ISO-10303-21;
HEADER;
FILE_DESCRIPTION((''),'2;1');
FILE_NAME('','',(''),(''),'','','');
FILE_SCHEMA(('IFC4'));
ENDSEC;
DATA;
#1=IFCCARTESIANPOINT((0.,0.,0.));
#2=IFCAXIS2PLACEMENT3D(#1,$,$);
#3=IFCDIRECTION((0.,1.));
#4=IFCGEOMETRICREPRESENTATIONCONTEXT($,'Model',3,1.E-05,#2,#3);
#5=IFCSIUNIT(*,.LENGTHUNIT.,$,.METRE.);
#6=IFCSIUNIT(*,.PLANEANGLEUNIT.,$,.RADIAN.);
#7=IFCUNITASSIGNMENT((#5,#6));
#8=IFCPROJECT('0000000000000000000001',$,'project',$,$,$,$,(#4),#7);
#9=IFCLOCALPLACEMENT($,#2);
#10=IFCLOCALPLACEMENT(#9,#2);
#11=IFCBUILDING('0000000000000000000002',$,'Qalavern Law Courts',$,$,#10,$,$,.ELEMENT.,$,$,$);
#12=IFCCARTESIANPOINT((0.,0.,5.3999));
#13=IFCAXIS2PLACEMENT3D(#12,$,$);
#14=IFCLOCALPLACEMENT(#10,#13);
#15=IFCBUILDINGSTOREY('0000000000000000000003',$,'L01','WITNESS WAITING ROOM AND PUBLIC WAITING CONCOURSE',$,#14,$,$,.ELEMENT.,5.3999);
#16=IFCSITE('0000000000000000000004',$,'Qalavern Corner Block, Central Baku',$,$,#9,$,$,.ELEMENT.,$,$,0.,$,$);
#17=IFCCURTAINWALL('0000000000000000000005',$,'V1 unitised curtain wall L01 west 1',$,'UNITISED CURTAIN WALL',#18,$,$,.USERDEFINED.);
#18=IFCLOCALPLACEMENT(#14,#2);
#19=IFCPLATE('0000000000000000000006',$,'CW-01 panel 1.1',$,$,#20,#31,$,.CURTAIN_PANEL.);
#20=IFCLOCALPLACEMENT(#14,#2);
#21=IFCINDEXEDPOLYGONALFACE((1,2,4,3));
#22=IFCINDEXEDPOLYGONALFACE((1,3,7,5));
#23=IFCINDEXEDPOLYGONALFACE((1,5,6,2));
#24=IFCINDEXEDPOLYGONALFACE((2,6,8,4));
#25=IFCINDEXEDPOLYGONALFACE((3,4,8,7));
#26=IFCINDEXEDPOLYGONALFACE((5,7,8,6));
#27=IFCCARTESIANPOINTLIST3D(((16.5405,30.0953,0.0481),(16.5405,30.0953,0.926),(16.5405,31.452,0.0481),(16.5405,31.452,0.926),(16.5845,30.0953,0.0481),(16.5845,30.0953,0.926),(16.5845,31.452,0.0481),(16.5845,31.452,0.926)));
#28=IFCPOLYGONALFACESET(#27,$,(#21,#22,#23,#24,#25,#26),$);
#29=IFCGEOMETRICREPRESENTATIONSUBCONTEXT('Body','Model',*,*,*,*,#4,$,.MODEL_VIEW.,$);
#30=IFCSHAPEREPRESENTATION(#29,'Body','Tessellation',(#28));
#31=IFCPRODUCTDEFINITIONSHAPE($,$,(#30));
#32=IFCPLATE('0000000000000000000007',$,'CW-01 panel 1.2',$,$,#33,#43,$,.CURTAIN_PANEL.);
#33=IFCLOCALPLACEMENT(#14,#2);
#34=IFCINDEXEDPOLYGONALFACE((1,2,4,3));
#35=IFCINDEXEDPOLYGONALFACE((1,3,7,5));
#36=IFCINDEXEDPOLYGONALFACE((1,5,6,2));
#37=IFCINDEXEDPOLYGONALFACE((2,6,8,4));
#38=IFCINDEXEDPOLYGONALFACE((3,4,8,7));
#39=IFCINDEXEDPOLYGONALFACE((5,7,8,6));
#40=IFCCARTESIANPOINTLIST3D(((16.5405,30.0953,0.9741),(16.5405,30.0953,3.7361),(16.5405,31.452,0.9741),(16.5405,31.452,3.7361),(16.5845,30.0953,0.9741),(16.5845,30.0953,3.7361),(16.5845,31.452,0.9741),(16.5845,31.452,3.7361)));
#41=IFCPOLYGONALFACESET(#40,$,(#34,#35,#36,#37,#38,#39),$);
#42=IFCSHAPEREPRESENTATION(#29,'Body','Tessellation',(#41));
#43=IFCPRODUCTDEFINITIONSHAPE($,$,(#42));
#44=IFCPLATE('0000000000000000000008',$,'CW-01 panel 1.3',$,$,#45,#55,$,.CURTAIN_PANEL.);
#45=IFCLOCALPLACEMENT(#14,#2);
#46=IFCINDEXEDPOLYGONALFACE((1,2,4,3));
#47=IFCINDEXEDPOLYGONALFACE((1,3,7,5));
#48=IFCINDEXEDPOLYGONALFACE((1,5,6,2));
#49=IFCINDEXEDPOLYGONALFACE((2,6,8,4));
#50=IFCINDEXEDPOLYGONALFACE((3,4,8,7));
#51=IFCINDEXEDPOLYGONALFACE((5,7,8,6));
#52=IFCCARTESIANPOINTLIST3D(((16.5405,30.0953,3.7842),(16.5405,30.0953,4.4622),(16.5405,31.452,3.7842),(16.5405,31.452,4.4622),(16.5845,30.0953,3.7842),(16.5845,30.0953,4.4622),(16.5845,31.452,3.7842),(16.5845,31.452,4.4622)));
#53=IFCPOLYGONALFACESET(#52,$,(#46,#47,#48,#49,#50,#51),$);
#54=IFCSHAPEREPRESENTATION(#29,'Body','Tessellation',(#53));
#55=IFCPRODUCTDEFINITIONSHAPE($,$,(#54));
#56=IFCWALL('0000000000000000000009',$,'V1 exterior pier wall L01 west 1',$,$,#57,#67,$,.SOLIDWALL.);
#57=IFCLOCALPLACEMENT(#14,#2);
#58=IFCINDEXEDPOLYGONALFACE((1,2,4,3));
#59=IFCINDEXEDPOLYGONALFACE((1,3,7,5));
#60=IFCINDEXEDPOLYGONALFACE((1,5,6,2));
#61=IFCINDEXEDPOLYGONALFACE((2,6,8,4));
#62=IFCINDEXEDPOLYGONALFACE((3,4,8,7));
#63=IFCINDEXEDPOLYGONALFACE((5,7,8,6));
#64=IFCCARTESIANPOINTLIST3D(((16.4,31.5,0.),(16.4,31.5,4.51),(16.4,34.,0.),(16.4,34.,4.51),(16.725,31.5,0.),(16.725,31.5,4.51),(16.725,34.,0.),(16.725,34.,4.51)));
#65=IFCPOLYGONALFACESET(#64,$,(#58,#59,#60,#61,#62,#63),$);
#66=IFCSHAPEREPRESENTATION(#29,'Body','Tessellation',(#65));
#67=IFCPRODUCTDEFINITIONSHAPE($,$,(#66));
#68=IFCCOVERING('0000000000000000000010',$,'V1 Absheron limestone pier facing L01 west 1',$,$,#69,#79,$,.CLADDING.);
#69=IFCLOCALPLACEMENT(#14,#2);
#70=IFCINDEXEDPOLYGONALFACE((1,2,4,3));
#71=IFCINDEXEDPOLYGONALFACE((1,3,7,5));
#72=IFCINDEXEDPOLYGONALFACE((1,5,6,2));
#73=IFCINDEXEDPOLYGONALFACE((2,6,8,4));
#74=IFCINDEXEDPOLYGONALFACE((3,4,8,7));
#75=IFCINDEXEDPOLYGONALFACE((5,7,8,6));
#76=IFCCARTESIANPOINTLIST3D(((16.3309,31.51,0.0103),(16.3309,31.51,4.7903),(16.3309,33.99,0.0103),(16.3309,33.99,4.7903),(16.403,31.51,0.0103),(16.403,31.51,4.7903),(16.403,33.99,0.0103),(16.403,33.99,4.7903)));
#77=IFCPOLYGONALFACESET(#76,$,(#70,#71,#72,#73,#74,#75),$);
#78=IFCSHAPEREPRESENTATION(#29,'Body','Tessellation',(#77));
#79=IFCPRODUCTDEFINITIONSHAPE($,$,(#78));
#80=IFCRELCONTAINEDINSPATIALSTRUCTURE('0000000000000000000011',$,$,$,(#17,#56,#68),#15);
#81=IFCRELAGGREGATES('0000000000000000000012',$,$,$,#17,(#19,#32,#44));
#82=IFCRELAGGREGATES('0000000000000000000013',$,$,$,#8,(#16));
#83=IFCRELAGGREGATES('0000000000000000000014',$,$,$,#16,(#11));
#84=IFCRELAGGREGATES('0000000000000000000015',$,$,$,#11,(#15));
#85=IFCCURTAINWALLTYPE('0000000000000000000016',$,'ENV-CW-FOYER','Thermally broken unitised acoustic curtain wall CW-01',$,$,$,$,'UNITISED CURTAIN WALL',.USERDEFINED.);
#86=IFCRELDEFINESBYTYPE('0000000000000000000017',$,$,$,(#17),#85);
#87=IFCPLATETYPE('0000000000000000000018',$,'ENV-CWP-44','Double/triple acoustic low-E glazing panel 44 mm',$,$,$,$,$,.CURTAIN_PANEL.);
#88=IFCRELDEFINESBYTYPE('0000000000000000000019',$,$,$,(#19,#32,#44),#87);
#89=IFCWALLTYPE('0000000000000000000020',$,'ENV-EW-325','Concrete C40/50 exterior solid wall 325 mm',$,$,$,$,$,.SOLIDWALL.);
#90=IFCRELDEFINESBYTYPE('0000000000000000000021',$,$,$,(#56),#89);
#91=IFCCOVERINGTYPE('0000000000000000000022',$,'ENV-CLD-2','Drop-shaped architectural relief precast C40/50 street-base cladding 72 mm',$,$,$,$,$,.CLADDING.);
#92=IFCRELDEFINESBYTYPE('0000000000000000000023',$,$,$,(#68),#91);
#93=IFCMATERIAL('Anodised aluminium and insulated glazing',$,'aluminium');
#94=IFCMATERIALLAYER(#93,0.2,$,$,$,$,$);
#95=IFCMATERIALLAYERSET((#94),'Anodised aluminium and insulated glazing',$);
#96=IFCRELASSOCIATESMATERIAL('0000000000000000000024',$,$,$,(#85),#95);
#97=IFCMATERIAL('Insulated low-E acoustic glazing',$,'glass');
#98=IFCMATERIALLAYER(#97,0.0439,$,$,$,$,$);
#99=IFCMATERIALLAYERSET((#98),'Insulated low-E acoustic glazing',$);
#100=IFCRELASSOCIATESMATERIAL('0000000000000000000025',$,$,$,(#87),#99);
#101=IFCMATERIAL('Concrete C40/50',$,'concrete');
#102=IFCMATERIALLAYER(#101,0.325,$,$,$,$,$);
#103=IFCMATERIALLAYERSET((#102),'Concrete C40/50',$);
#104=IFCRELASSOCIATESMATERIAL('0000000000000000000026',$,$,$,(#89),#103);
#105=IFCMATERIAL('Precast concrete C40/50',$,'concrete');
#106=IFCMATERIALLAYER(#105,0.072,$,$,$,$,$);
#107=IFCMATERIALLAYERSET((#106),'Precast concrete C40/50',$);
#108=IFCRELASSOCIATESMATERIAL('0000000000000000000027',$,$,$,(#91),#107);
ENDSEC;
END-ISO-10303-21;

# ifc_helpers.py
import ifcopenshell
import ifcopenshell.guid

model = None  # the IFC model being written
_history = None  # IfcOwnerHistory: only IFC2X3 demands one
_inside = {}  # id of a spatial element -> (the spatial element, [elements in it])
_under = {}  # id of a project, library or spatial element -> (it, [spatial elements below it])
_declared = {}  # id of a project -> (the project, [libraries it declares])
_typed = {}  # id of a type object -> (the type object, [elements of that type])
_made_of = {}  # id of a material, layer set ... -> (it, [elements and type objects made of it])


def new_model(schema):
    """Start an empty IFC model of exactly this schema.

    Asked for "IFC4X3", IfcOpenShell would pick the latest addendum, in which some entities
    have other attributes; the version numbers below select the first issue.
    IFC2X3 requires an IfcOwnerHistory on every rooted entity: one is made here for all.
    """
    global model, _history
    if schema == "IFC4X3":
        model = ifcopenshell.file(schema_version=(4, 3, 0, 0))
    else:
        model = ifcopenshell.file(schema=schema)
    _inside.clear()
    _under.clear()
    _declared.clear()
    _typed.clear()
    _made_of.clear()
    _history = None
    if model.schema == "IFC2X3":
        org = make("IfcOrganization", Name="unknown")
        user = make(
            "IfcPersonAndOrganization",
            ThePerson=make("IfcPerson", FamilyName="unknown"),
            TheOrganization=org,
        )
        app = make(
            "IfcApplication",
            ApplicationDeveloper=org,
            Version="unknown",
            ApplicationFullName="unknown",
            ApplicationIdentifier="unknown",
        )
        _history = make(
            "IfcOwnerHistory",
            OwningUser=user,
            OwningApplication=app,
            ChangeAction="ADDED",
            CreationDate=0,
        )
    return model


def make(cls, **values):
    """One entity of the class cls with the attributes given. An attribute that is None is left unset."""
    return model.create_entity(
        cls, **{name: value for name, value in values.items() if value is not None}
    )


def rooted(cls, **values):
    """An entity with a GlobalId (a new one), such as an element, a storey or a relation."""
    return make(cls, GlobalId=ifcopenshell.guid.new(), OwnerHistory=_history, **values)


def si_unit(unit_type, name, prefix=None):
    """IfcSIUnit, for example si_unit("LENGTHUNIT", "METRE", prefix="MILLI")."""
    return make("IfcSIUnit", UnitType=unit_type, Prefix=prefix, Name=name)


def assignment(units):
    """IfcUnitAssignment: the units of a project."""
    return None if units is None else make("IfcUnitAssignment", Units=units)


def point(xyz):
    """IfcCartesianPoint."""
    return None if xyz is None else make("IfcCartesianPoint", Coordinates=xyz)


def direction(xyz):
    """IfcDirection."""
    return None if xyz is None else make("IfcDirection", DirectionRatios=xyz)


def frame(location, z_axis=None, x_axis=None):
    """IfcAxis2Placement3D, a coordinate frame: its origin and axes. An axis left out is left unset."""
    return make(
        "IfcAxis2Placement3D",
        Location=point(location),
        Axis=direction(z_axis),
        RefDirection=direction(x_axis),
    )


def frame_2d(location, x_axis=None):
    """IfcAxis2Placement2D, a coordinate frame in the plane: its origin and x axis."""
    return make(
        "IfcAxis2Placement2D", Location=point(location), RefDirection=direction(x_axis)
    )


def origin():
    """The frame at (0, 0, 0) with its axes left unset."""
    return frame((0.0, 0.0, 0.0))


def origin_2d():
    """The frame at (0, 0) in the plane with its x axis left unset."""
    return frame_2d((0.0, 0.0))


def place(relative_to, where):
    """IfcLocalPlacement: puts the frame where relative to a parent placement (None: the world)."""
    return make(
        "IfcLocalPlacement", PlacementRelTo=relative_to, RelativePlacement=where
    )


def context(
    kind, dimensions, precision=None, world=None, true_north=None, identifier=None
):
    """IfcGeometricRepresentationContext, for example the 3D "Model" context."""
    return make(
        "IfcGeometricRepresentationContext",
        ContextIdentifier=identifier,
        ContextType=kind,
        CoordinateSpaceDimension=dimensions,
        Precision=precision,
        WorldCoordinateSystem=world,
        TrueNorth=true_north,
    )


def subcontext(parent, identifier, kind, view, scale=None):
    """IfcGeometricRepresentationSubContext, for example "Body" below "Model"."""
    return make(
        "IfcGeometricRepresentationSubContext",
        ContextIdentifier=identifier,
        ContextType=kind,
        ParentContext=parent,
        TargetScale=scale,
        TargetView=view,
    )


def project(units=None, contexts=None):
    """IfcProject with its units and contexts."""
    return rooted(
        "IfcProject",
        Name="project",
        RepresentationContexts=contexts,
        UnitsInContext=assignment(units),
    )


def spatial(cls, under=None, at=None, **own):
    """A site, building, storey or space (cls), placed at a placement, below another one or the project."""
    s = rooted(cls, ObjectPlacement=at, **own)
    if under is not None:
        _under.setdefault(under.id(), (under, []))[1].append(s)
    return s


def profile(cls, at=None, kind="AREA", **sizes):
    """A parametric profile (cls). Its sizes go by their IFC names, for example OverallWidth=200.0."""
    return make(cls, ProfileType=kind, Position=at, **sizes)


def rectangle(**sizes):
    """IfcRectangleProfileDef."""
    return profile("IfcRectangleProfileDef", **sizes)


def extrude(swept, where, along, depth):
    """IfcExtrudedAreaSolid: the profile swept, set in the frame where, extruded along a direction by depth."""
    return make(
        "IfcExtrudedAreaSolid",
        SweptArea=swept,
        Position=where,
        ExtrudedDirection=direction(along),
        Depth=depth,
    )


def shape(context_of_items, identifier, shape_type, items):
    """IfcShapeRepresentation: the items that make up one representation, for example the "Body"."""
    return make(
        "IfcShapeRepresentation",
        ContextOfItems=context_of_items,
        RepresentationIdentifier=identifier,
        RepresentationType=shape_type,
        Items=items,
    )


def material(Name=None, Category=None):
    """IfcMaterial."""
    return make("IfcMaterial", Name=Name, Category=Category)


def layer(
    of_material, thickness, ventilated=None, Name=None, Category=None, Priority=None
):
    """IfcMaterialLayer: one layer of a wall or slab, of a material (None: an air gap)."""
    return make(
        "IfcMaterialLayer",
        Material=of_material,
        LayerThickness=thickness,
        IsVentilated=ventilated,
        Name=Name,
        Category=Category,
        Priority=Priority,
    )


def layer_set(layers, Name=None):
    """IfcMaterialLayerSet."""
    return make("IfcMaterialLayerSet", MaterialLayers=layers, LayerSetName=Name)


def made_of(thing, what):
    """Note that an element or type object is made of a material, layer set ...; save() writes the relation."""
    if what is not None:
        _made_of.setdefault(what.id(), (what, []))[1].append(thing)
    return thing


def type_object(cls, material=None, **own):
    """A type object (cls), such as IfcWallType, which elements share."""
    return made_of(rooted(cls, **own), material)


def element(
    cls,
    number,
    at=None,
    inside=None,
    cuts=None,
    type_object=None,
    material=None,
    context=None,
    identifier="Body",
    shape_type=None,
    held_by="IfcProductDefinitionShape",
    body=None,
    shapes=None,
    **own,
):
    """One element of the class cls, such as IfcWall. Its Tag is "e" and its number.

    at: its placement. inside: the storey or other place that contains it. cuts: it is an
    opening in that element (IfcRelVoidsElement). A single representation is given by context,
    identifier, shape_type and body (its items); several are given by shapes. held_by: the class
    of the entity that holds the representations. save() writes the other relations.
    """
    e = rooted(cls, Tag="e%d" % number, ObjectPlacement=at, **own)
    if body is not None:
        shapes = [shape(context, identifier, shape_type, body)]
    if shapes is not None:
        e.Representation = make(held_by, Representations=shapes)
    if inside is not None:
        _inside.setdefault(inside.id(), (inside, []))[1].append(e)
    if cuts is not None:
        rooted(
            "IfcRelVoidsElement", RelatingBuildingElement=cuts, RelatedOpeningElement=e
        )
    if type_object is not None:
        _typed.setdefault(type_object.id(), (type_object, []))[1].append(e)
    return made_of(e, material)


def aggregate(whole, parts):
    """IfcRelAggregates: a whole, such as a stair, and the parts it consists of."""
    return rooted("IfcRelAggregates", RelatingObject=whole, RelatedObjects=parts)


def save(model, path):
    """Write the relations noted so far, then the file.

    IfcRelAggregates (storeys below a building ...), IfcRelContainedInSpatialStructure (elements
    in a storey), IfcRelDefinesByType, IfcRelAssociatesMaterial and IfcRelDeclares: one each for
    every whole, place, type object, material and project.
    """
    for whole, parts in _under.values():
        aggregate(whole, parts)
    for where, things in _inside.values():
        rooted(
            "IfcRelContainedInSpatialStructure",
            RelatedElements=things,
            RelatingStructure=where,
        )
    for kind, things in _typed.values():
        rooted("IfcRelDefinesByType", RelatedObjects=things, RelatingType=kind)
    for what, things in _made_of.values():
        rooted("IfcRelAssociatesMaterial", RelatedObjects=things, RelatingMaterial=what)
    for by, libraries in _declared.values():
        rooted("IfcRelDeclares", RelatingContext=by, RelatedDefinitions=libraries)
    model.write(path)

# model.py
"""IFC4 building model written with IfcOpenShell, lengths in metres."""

from ifc_helpers import new_model, si_unit, direction, frame, frame_2d, origin, origin_2d, place, context, subcontext, project, spatial, rectangle, extrude, material, layer, layer_set, type_object, element, aggregate, save


model = new_model("IFC4")

# Units and contexts
model_context = context("Model", 3, precision=1e-05, world=origin(), true_north=direction((0.0, 1.0)))
body_context = subcontext(model_context, "Body", "Model", "MODEL_VIEW")
ifc_project = project(units=[si_unit("LENGTHUNIT", "METRE"), si_unit("PLANEANGLEUNIT", "RADIAN")], contexts=[model_context])

# Site, building, storey
site_placement = place(None, origin())
site = spatial("IfcSite", under=ifc_project, at=site_placement, Name="Qalavern Corner Block, Central Baku", CompositionType="ELEMENT", RefElevation=0.0)
building_placement = place(site_placement, origin())
building = spatial("IfcBuilding", under=site, at=building_placement, Name="Qalavern Law Courts", CompositionType="ELEMENT")
storey_placement = place(building_placement, frame((0.0, 0.0, 5.3999)))
storey = spatial("IfcBuildingStorey", under=building, at=storey_placement, Name="L01", Description="WITNESS WAITING ROOM AND PUBLIC WAITING CONCOURSE", CompositionType="ELEMENT", Elevation=5.3999)

# Curtain wall
ifc_material_1 = material(Name="Anodised aluminium and insulated glazing", Category="aluminium")
ifc_layer_1 = layer(ifc_material_1, 0.2)
ifc_layer_set_1 = layer_set([ifc_layer_1], Name="Anodised aluminium and insulated glazing")
curtain_wall_type_1 = type_object("IfcCurtainWallType", Name="ENV-CW-FOYER", Description="Thermally broken unitised acoustic curtain wall CW-01", ElementType="UNITISED CURTAIN WALL", PredefinedType="USERDEFINED", material=ifc_layer_set_1)
curtain_wall_1_placement = place(storey_placement, origin())
curtain_wall_1 = element("IfcCurtainWall", 1, at=curtain_wall_1_placement, inside=storey, type_object=curtain_wall_type_1, Name="V1 unitised curtain wall L01 west 1", ObjectType="UNITISED CURTAIN WALL", PredefinedType="USERDEFINED")

# Shared definitions
ifc_material_2 = material(Name="Concrete C40/50", Category="concrete")

# Plates
ifc_material_3 = material(Name="Insulated low-E acoustic glazing", Category="glass")
ifc_layer_2 = layer(ifc_material_3, 0.0439)
ifc_layer_set_2 = layer_set([ifc_layer_2], Name="Insulated low-E acoustic glazing")
plate_type = type_object("IfcPlateType", Name="ENV-CWP-44", Description="Double/triple acoustic low-E glazing panel 44 mm", PredefinedType="CURTAIN_PANEL", material=ifc_layer_set_2)
plate_1_placement = place(storey_placement, frame((16.5625, 30.7737, 0.0481), z_axis=(0.0, 0.0, 1.0), x_axis=(0.0, -1.0, 0.0)))
plate_1 = element("IfcPlate", 2, at=plate_1_placement, type_object=plate_type, Name="CW-01 panel 1.1", PredefinedType="CURTAIN_PANEL", context=body_context, shape_type="SweptSolid", body=[
    extrude(rectangle(XDim=1.3567, YDim=0.0439, at=origin_2d()), origin(), (0.0, 0.0, 1.0), 0.8779),
])
plate_2_placement = place(storey_placement, frame((16.5625, 30.7737, 0.9741), z_axis=(0.0, 0.0, 1.0), x_axis=(0.0, -1.0, 0.0)))
plate_2 = element("IfcPlate", 3, at=plate_2_placement, type_object=plate_type, Name="CW-01 panel 1.2", PredefinedType="CURTAIN_PANEL", context=body_context, shape_type="SweptSolid", body=[
    extrude(rectangle(XDim=1.3567, YDim=0.0439, at=origin_2d()), origin(), (0.0, 0.0, 1.0), 2.762),
])
plate_3_placement = place(storey_placement, frame((16.5625, 30.7737, 3.7842), z_axis=(0.0, 0.0, 1.0), x_axis=(0.0, -1.0, 0.0)))
plate_3 = element("IfcPlate", 4, at=plate_3_placement, type_object=plate_type, Name="CW-01 panel 1.3", PredefinedType="CURTAIN_PANEL", context=body_context, shape_type="SweptSolid", body=[
    extrude(rectangle(XDim=1.3567, YDim=0.0439, at=origin_2d()), origin(), (0.0, 0.0, 1.0), 0.678),
])
aggregate(curtain_wall_1, [plate_1, plate_2, plate_3])

# Wall
ifc_layer_3 = layer(ifc_material_2, 0.325)
ifc_layer_set_3 = layer_set([ifc_layer_3], Name="Concrete C40/50")
wall_type = type_object("IfcWallType", Name="ENV-EW-325", Description="Concrete C40/50 exterior solid wall 325 mm", PredefinedType="SOLIDWALL", material=ifc_layer_set_3)
wall_placement = place(storey_placement, frame((16.5625, 34.0, 0.0), z_axis=(0.0, 0.0, 1.0), x_axis=(0.0, -1.0, 0.0)))
element("IfcWall", 5, at=wall_placement, inside=storey, type_object=wall_type, Name="V1 exterior pier wall L01 west 1", PredefinedType="SOLIDWALL", context=body_context, shape_type="SweptSolid", body=[
    extrude(rectangle(XDim=2.5, YDim=0.325, at=frame_2d((1.25, 0.0))), origin(), (0.0, 0.0, 1.0), 4.51),
])

# Covering
ifc_material_4 = material(Name="Precast concrete C40/50", Category="concrete")
ifc_layer_4 = layer(ifc_material_4, 0.072)
ifc_layer_set_4 = layer_set([ifc_layer_4], Name="Precast concrete C40/50")
covering_type = type_object("IfcCoveringType", Name="ENV-CLD-2", Description="Drop-shaped architectural relief precast C40/50 street-base cladding 72 mm", PredefinedType="CLADDING", material=ifc_layer_set_4)
covering_placement = place(storey_placement, frame((16.3669, 32.75, 0.0103), z_axis=(0.0, 0.0, 1.0), x_axis=(0.0, -1.0, 0.0)))
element("IfcCovering", 6, at=covering_placement, inside=storey, type_object=covering_type, Name="V1 Absheron limestone pier facing L01 west 1", PredefinedType="CLADDING", context=body_context, shape_type="SweptSolid", body=[
    extrude(rectangle(XDim=2.48, YDim=0.072, at=origin_2d()), origin(), (0.0, 0.0, 1.0), 4.78),
])

save(model, "model.ifc")
